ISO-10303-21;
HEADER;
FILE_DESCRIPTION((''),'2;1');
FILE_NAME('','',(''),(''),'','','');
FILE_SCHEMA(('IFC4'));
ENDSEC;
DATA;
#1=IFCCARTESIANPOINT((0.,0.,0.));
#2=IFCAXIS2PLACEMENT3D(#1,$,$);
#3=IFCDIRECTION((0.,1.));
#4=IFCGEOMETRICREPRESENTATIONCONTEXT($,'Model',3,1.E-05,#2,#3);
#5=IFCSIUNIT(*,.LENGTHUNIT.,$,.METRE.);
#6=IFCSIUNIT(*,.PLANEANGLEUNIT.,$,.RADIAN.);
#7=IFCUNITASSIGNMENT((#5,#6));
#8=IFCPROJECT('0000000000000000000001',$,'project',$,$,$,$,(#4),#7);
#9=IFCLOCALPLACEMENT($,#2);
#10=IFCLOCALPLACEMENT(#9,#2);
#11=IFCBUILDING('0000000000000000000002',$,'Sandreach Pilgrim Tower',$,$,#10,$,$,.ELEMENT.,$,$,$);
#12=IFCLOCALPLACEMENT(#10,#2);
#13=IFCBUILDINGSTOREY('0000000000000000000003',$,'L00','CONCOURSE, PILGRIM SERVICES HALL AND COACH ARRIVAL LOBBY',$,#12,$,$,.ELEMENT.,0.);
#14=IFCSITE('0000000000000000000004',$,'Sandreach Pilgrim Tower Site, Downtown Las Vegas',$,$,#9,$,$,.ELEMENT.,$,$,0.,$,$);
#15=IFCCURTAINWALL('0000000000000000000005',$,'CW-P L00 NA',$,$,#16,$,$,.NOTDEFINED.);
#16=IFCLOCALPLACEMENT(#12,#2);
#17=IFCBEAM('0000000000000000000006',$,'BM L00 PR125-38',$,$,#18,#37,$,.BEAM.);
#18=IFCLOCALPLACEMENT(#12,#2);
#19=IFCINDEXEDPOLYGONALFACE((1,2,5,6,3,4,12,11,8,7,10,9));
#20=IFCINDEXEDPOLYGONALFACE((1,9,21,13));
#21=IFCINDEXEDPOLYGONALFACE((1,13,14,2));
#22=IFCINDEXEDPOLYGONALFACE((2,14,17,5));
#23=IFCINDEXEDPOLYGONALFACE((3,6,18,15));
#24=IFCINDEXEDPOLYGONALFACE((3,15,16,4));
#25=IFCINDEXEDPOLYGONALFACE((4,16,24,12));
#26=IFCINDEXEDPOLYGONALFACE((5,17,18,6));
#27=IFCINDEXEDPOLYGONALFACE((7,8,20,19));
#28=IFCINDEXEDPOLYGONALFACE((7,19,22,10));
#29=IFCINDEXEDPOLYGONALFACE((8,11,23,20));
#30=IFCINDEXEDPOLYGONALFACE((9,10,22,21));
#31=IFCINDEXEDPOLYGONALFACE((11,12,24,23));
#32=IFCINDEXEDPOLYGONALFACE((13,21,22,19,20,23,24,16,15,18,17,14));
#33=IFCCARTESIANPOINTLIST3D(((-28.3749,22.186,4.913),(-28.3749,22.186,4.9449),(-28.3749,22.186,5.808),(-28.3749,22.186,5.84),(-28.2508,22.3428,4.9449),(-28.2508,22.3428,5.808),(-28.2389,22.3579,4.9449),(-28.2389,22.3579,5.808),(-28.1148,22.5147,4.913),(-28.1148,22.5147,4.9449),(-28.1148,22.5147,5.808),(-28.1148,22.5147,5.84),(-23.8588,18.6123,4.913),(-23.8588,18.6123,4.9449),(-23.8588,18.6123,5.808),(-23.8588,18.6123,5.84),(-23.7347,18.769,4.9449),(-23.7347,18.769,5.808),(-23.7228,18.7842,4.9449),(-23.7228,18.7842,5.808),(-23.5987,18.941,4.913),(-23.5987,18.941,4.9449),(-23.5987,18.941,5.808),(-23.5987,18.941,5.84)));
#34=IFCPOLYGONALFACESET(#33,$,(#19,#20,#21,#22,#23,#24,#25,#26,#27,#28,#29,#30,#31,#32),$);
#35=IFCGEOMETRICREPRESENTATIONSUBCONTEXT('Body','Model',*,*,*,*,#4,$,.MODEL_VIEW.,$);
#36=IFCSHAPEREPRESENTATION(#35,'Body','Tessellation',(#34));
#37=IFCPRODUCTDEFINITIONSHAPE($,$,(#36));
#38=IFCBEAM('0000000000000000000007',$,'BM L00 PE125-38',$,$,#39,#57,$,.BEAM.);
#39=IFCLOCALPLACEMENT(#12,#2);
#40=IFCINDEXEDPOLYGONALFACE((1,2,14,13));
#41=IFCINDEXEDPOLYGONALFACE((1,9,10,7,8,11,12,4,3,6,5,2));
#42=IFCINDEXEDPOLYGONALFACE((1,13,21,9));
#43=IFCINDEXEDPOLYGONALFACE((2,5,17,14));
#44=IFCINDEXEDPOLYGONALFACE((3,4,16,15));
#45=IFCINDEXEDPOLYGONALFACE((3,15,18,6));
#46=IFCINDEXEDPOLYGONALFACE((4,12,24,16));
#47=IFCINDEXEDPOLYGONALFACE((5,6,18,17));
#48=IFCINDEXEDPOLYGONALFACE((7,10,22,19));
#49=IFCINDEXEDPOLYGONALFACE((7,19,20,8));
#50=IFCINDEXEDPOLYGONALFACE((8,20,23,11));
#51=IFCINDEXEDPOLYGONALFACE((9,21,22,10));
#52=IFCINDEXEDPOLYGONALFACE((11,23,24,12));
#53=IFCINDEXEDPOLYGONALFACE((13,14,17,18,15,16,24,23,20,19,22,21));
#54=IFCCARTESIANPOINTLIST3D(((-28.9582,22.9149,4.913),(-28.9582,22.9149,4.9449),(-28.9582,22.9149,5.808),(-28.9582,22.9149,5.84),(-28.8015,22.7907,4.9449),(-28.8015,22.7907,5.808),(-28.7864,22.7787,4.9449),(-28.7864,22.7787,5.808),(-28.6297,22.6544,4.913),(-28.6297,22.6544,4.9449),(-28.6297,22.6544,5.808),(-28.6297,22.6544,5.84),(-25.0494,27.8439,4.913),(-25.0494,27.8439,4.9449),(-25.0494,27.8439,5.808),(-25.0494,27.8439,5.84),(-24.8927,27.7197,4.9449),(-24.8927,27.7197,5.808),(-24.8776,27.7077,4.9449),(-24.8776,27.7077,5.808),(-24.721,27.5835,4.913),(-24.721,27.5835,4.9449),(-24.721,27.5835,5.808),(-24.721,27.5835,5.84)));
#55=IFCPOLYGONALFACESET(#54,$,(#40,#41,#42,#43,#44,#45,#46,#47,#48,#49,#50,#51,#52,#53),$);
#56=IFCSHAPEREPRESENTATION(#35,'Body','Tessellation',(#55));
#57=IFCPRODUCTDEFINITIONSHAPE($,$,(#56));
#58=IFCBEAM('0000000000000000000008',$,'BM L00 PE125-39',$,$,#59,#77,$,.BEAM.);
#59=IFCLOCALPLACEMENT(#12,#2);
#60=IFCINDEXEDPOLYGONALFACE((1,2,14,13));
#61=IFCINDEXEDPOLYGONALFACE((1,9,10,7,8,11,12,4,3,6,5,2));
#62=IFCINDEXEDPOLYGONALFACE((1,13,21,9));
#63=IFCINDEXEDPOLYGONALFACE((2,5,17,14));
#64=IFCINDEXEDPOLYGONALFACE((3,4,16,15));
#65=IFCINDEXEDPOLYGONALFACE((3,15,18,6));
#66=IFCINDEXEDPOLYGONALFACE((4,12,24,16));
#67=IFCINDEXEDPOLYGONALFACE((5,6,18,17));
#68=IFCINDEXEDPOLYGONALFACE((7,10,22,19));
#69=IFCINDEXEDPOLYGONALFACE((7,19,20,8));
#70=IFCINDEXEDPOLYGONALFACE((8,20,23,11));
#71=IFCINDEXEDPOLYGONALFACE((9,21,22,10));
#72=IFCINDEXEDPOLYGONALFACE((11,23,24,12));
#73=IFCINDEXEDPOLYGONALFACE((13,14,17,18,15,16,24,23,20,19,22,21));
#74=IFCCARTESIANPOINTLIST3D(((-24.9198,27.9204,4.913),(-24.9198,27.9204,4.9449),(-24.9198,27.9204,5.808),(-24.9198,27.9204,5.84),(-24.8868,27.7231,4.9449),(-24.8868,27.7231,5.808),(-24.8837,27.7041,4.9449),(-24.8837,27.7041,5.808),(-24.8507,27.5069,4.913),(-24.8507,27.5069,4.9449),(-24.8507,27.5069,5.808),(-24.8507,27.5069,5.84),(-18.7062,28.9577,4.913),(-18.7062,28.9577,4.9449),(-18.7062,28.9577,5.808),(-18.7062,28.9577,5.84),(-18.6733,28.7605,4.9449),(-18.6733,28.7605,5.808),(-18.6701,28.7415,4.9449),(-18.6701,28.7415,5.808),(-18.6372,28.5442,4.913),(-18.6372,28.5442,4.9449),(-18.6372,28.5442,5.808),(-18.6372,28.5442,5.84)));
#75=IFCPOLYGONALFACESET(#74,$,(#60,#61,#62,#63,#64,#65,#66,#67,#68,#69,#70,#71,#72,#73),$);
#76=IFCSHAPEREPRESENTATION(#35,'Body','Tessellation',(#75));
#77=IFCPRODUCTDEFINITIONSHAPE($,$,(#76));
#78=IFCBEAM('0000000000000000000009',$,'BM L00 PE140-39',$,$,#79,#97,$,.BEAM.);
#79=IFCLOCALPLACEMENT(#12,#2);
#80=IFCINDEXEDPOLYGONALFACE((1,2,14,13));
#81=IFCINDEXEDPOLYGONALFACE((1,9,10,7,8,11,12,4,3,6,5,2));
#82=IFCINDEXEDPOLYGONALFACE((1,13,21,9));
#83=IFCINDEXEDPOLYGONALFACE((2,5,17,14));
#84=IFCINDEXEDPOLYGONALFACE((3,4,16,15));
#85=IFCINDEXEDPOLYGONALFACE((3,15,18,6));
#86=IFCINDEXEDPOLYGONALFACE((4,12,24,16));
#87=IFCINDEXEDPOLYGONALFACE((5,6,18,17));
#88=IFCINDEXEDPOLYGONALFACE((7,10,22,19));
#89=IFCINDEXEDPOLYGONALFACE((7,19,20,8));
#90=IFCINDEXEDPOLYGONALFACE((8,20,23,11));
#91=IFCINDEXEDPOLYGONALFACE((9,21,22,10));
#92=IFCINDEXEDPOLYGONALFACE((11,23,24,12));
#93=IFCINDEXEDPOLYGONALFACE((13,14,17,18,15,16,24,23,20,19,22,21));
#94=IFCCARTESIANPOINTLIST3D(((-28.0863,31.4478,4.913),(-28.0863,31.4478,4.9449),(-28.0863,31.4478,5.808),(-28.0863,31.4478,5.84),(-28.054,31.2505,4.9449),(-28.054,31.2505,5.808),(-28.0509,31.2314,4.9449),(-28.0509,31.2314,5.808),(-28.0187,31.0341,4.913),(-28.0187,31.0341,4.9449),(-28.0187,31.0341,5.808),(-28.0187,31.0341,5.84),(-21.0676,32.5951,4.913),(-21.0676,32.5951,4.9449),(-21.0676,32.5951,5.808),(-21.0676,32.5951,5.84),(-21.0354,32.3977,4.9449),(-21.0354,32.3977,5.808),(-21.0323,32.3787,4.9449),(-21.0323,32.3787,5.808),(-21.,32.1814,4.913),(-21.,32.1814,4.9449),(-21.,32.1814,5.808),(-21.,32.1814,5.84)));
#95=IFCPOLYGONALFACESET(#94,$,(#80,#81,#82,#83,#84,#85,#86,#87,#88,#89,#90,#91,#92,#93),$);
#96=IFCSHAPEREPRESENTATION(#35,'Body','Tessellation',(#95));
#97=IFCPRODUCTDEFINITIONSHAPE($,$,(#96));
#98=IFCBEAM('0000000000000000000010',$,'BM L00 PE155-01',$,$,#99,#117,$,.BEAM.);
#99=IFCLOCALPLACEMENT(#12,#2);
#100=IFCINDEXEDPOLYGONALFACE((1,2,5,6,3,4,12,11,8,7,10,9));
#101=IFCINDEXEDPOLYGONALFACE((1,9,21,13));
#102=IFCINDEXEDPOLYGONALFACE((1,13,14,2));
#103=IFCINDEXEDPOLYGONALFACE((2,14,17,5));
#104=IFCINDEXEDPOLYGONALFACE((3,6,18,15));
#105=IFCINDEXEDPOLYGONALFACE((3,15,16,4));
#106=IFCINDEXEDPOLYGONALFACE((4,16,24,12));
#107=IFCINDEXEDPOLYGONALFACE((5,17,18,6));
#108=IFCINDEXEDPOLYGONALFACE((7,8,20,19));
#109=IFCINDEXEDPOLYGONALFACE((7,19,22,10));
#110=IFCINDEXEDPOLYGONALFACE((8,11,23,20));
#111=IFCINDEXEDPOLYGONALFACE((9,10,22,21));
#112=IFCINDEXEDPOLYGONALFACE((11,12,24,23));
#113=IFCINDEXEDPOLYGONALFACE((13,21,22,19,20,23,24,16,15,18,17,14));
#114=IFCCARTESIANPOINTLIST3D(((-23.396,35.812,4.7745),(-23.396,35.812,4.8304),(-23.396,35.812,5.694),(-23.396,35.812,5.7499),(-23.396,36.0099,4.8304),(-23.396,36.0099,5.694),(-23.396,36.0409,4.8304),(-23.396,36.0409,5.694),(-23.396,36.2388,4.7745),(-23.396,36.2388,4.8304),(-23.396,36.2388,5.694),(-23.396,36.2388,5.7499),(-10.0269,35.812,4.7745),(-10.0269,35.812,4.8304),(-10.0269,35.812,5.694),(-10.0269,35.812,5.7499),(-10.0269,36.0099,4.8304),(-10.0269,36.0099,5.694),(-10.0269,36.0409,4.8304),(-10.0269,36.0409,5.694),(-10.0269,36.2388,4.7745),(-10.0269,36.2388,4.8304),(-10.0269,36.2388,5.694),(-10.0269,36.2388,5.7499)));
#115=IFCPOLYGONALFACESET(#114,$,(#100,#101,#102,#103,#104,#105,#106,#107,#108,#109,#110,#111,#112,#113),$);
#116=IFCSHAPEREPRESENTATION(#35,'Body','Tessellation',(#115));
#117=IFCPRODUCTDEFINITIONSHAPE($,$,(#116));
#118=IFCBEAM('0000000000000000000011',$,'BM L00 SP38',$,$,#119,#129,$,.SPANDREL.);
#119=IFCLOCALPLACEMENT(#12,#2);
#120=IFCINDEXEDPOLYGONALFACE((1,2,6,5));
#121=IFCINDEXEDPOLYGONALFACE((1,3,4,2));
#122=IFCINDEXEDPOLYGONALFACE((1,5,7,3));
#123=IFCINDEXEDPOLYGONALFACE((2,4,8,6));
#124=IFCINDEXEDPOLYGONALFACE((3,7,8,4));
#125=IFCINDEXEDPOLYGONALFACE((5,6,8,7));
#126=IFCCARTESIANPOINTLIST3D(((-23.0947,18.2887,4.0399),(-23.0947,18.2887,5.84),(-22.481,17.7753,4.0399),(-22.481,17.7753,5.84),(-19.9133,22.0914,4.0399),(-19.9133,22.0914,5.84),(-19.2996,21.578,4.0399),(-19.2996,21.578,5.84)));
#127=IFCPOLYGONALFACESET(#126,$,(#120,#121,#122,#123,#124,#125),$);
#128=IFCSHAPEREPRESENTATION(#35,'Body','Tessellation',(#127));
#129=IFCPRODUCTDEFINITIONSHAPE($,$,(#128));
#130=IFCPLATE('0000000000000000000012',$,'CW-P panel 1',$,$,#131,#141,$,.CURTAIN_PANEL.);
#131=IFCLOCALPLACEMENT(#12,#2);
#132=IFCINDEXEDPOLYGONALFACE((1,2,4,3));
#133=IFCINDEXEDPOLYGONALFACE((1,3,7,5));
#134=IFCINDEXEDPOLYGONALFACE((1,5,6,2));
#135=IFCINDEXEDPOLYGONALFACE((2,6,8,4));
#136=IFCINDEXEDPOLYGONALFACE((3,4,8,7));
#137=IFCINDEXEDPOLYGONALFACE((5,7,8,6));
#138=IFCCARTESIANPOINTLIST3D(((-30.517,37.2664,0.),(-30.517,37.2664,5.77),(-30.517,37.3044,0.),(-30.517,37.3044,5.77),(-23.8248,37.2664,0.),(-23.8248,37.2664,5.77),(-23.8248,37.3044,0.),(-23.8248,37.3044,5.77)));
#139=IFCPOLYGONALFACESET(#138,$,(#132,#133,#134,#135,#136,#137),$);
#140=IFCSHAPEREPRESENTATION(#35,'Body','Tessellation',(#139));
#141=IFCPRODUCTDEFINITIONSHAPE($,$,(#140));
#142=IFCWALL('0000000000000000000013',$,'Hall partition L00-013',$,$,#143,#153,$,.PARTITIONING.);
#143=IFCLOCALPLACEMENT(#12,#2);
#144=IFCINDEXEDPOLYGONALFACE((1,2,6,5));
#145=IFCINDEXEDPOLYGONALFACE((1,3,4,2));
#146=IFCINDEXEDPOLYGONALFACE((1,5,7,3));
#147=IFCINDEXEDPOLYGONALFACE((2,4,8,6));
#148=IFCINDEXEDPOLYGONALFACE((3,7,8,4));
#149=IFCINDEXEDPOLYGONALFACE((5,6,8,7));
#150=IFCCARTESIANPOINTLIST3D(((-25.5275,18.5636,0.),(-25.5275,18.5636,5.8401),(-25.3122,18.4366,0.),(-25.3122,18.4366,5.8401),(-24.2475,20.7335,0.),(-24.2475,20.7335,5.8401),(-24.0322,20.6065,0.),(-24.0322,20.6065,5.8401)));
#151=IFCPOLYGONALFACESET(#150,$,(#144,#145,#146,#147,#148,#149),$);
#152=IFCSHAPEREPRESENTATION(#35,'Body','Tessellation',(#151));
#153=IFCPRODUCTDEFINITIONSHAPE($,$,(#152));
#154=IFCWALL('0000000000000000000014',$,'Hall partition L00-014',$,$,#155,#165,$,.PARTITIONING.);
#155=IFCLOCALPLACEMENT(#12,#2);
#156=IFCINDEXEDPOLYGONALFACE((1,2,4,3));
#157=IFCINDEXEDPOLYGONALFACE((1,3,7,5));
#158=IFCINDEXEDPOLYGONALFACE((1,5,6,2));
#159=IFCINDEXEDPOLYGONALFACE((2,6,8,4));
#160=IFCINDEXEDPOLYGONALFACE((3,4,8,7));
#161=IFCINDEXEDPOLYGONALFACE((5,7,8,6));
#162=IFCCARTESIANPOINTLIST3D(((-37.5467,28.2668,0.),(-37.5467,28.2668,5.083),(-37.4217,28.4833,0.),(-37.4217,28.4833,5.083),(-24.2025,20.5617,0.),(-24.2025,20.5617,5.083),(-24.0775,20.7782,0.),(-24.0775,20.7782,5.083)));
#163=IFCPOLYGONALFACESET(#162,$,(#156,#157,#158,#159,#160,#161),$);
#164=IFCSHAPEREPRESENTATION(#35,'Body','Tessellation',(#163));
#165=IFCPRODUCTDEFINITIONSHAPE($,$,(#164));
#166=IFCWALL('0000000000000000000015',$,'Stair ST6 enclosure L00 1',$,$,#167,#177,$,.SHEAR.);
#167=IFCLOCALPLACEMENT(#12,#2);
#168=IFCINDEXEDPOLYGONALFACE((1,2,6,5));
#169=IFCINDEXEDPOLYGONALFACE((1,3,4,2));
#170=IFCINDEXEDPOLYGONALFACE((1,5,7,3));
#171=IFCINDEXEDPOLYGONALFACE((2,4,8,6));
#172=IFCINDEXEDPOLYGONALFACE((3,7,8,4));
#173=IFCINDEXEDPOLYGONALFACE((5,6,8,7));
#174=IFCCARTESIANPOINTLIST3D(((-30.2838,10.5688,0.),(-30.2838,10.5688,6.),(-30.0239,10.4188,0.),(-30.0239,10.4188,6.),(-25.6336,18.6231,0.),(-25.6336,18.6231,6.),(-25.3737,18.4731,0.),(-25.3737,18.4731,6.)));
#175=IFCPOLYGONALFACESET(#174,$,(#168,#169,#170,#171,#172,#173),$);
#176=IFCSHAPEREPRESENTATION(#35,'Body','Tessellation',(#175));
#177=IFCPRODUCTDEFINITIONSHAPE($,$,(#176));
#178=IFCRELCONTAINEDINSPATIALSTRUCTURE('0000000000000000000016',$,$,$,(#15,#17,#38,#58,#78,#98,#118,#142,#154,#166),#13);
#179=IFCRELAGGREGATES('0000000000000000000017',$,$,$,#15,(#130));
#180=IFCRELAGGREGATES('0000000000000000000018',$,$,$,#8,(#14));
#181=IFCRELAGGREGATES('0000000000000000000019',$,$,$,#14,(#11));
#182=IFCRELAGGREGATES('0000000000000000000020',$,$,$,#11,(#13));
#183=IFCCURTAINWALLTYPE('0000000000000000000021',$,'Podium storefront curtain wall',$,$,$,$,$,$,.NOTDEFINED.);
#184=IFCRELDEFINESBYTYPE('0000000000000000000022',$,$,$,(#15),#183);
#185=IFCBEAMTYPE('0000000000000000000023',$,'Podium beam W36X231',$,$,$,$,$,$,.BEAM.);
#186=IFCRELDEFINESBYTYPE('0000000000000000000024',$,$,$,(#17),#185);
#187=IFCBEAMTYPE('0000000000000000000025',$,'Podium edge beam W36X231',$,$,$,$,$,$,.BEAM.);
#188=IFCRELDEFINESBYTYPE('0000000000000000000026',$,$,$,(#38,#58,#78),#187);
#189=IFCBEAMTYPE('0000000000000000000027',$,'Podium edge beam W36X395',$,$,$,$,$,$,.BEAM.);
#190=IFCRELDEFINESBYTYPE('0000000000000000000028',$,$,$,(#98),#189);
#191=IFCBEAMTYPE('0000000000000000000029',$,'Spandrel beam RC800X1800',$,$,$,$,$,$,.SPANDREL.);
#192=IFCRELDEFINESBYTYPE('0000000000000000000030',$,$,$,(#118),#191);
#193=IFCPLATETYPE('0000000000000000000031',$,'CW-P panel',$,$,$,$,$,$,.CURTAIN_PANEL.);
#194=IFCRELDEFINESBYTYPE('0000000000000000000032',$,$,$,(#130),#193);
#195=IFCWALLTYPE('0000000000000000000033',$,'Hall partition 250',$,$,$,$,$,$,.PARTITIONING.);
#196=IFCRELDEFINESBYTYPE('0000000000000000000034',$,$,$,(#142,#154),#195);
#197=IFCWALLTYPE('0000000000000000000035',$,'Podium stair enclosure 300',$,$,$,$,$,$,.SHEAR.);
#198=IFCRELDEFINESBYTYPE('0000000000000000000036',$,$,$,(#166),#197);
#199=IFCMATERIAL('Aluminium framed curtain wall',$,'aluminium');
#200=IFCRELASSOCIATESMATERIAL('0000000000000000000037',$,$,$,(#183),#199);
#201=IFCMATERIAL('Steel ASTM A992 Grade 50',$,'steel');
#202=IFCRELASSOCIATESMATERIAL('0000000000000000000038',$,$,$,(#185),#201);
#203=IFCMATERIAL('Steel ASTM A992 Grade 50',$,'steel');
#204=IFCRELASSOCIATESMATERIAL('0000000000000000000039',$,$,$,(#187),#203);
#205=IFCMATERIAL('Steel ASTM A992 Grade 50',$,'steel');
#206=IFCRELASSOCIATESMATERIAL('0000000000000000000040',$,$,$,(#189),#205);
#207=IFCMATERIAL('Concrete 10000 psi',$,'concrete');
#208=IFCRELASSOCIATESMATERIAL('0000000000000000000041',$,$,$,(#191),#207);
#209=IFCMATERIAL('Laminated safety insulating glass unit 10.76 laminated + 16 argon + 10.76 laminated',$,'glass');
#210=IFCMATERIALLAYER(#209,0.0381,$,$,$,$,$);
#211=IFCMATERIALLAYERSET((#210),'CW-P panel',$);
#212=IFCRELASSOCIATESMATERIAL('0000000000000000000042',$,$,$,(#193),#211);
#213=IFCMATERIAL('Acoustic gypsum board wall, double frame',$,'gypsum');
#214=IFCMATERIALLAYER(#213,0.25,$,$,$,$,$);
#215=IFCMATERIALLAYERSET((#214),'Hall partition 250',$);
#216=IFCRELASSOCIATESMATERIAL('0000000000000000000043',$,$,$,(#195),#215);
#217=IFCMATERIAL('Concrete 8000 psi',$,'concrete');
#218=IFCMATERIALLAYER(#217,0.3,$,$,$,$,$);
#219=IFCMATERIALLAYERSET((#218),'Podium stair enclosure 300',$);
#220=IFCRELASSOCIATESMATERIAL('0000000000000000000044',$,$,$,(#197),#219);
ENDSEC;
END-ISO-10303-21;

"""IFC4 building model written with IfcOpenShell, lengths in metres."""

from ifc_helpers import new_model, si_unit, direction, frame, frame_2d, origin, origin_2d, place, context, subcontext, project, spatial, rectangle, i_section, extrude, material, layer, layer_set, material_profile, profile_set, type_object, element, aggregate, save


model = new_model("IFC4")

# Units and contexts
model_context = context("Model", 3, precision=1e-05, world=origin(), true_north=direction((0.0, 1.0)))
body_context = subcontext(model_context, "Body", "Model", "MODEL_VIEW")
ifc_project = project(units=[si_unit("LENGTHUNIT", "METRE"), si_unit("PLANEANGLEUNIT", "RADIAN")], contexts=[model_context])

# Site, building, storey
site_placement = place(None, origin())
site = spatial("IfcSite", under=ifc_project, at=site_placement, Name="Sandreach Pilgrim Tower Site, Downtown Las Vegas", CompositionType="ELEMENT", RefElevation=0.0)
building_placement = place(site_placement, origin())
building = spatial("IfcBuilding", under=site, at=building_placement, Name="Sandreach Pilgrim Tower", CompositionType="ELEMENT")
storey_placement = place(building_placement, origin())
storey = spatial("IfcBuildingStorey", under=building, at=storey_placement, Name="L00", Description="CONCOURSE, PILGRIM SERVICES HALL AND COACH ARRIVAL LOBBY", CompositionType="ELEMENT", Elevation=0.0)

# Curtain wall
ifc_material_1 = material(Name="Aluminium framed curtain wall", Category="aluminium")
curtain_wall_type = type_object("IfcCurtainWallType", Name="Podium storefront curtain wall", PredefinedType="NOTDEFINED", material=ifc_material_1)
curtain_wall_placement = place(storey_placement, origin())
curtain_wall = element("IfcCurtainWall", 1, at=curtain_wall_placement, inside=storey, type_object=curtain_wall_type, Name="CW-P L00 NA", PredefinedType="NOTDEFINED")

# Beams
ifc_material_2 = material(Name="Steel ASTM A992 Grade 50", Category="steel")
ifc_material_profile_1 = material_profile(ifc_material_2, i_section(OverallWidth=0.4192, OverallDepth=0.927, WebThickness=0.0193, FlangeThickness=0.032, at=origin_2d()), Name="W36X231")
ifc_profile_set_1 = profile_set([ifc_material_profile_1], Name="Steel ASTM A992 Grade 50")
beam_type_1 = type_object("IfcBeamType", Name="Podium beam W36X231", PredefinedType="BEAM", material=ifc_profile_set_1)
beam_1_placement = place(storey_placement, frame((-23.7288, 18.7766, 5.3765), z_axis=(-0.784175, 0.62054, 0.0), x_axis=(-0.62054, -0.784175, 0.0)))
element("IfcBeam", 2, at=beam_1_placement, inside=storey, type_object=beam_type_1, Name="BM L00 PR125-38", PredefinedType="BEAM", context=body_context, shape_type="SweptSolid", body=[
    extrude(i_section(OverallWidth=0.4192, OverallDepth=0.927, WebThickness=0.0193, FlangeThickness=0.032, at=origin_2d()), origin(), (0.0, 0.0, 1.0), 5.759),
])
ifc_material_3 = material(Name="Steel ASTM A992 Grade 50", Category="steel")
ifc_material_profile_2 = material_profile(ifc_material_3, i_section(OverallWidth=0.4192, OverallDepth=0.927, WebThickness=0.0193, FlangeThickness=0.032, at=origin_2d()), Name="W36X231")
ifc_profile_set_2 = profile_set([ifc_material_profile_2], Name="Steel ASTM A992 Grade 50")
beam_type_2 = type_object("IfcBeamType", Name="Podium edge beam W36X231", PredefinedType="BEAM", material=ifc_profile_set_2)
beam_2_placement = place(storey_placement, frame((-28.7939, 22.7847, 5.3765), z_axis=(0.621348, 0.783535, 0.0), x_axis=(-0.783535, 0.621348, 0.0)))
element("IfcBeam", 3, at=beam_2_placement, inside=storey, type_object=beam_type_2, Name="BM L00 PE125-38", PredefinedType="BEAM", context=body_context, shape_type="SweptSolid", body=[
    extrude(i_section(OverallWidth=0.4192, OverallDepth=0.927, WebThickness=0.0193, FlangeThickness=0.032, at=origin_2d()), origin(), (0.0, 0.0, 1.0), 6.2908),
])
beam_3_placement = place(storey_placement, frame((-24.8853, 27.7136, 5.3765), z_axis=(0.986349, 0.164669, 0.0), x_axis=(-0.164669, 0.986349, 0.0)))
element("IfcBeam", 4, at=beam_3_placement, inside=storey, type_object=beam_type_2, Name="BM L00 PE125-39", PredefinedType="BEAM", context=body_context, shape_type="SweptSolid", body=[
    extrude(i_section(OverallWidth=0.4192, OverallDepth=0.927, WebThickness=0.0193, FlangeThickness=0.032, at=origin_2d()), origin(), (0.0, 0.0, 1.0), 6.2996),
])
beam_4_placement = place(storey_placement, frame((-28.0525, 31.241, 5.3765), z_axis=(0.986903, 0.161314, 0.0), x_axis=(-0.161314, 0.986903, 0.0)))
element("IfcBeam", 5, at=beam_4_placement, inside=storey, type_object=beam_type_2, Name="BM L00 PE140-39", PredefinedType="BEAM", context=body_context, shape_type="SweptSolid", body=[
    extrude(i_section(OverallWidth=0.4192, OverallDepth=0.927, WebThickness=0.0193, FlangeThickness=0.032, at=origin_2d()), origin(), (0.0, 0.0, 1.0), 7.1118),
])
ifc_material_4 = material(Name="Steel ASTM A992 Grade 50", Category="steel")
ifc_material_profile_3 = material_profile(ifc_material_4, i_section(OverallWidth=0.4268, OverallDepth=0.9753, WebThickness=0.031, FlangeThickness=0.0559, at=origin_2d()), Name="W36X395")
ifc_profile_set_3 = profile_set([ifc_material_profile_3], Name="Steel ASTM A992 Grade 50")
beam_type_3 = type_object("IfcBeamType", Name="Podium edge beam W36X395", PredefinedType="BEAM", material=ifc_profile_set_3)
beam_5_placement = place(storey_placement, frame((-23.396, 36.0254, 5.2622), z_axis=(1.0, 0.0, 0.0), x_axis=(0.0, 1.0, 0.0)))
element("IfcBeam", 6, at=beam_5_placement, inside=storey, type_object=beam_type_3, Name="BM L00 PE155-01", PredefinedType="BEAM", context=body_context, shape_type="SweptSolid", body=[
    extrude(i_section(OverallWidth=0.4268, OverallDepth=0.9753, WebThickness=0.031, FlangeThickness=0.0559, at=origin_2d()), origin(), (0.0, 0.0, 1.0), 13.3691),
])
ifc_material_5 = material(Name="Concrete 10000 psi", Category="concrete")
ifc_material_profile_4 = material_profile(ifc_material_5, rectangle(XDim=0.8, YDim=1.8, at=origin_2d()), Name="RC800X1800")
ifc_profile_set_4 = profile_set([ifc_material_profile_4], Name="Concrete 10000 psi")
beam_type_4 = type_object("IfcBeamType", Name="Spandrel beam RC800X1800", PredefinedType="SPANDREL", material=ifc_profile_set_4)
beam_6_placement = place(storey_placement, frame((-22.7878, 18.032, 4.9399), z_axis=(0.641665, 0.766985, 0.0), x_axis=(-0.766985, 0.641665, 0.0)))
element("IfcBeam", 7, at=beam_6_placement, inside=storey, type_object=beam_type_4, Name="BM L00 SP38", PredefinedType="SPANDREL", context=body_context, shape_type="SweptSolid", body=[
    extrude(rectangle(XDim=0.8, YDim=1.8, at=origin_2d()), origin(), (0.0, 0.0, 1.0), 4.958),
])

# Plate
ifc_material_6 = material(Name="Laminated safety insulating glass unit 10.76 laminated + 16 argon + 10.76 laminated", Category="glass")
ifc_layer_1 = layer(ifc_material_6, 0.0381)
ifc_layer_set_1 = layer_set([ifc_layer_1], Name="CW-P panel")
plate_type = type_object("IfcPlateType", Name="CW-P panel", PredefinedType="CURTAIN_PANEL", material=ifc_layer_set_1)
plate_placement = place(storey_placement, frame((-27.1709, 37.2854, 0.0), z_axis=(0.0, 0.0, 1.0), x_axis=(1.0, 0.0, 0.0)))
plate = element("IfcPlate", 8, at=plate_placement, type_object=plate_type, Name="CW-P panel 1", PredefinedType="CURTAIN_PANEL", context=body_context, shape_type="SweptSolid", body=[
    extrude(rectangle(XDim=6.6921, YDim=0.0381, at=origin_2d()), origin(), (0.0, 0.0, 1.0), 5.77),
])
aggregate(curtain_wall, [plate])

# Walls
ifc_material_7 = material(Name="Acoustic gypsum board wall, double frame", Category="gypsum")
ifc_layer_2 = layer(ifc_material_7, 0.25)
ifc_layer_set_2 = layer_set([ifc_layer_2], Name="Hall partition 250")
wall_type_1 = type_object("IfcWallType", Name="Hall partition 250", PredefinedType="PARTITIONING", material=ifc_layer_set_2)
wall_1_placement = place(storey_placement, frame((-25.4199, 18.5, 0.0), z_axis=(0.0, 0.0, 1.0), x_axis=(0.508083, 0.861308, 0.0)))
element("IfcWall", 9, at=wall_1_placement, inside=storey, type_object=wall_type_1, Name="Hall partition L00-013", PredefinedType="PARTITIONING", context=body_context, shape_type="SweptSolid", body=[
    extrude(rectangle(XDim=2.5193, YDim=0.25, at=frame_2d((1.2598, 0.0))), origin(), (0.0, 0.0, 1.0), 5.8401),
])
wall_2_placement = place(storey_placement, frame((-24.1399, 20.6699, 0.0), z_axis=(0.0, 0.0, 1.0), x_axis=(-0.866004, 0.500038, 0.0)))
element("IfcWall", 10, at=wall_2_placement, inside=storey, type_object=wall_type_1, Name="Hall partition L00-014", PredefinedType="PARTITIONING", context=body_context, shape_type="SweptSolid", body=[
    extrude(rectangle(XDim=15.4089, YDim=0.25, at=frame_2d((7.7046, 0.0))), origin(), (0.0, 0.0, 1.0), 5.083),
])
ifc_material_8 = material(Name="Concrete 8000 psi", Category="concrete")
ifc_layer_3 = layer(ifc_material_8, 0.3)
ifc_layer_set_3 = layer_set([ifc_layer_3], Name="Podium stair enclosure 300")
wall_type_2 = type_object("IfcWallType", Name="Podium stair enclosure 300", PredefinedType="SHEAR", material=ifc_layer_set_3)
wall_3_placement = place(storey_placement, frame((-25.5037, 18.5481, 0.0), z_axis=(0.0, 0.0, 1.0), x_axis=(-0.500004, -0.866023, 0.0)))
element("IfcWall", 11, at=wall_3_placement, inside=storey, type_object=wall_type_2, Name="Stair ST6 enclosure L00 1", PredefinedType="SHEAR", context=body_context, shape_type="SweptSolid", body=[
    extrude(rectangle(XDim=9.3003, YDim=0.3, at=frame_2d((4.6501, 0.0))), origin(), (0.0, 0.0, 1.0), 6.0),
])

save(model, "model.ifc")
